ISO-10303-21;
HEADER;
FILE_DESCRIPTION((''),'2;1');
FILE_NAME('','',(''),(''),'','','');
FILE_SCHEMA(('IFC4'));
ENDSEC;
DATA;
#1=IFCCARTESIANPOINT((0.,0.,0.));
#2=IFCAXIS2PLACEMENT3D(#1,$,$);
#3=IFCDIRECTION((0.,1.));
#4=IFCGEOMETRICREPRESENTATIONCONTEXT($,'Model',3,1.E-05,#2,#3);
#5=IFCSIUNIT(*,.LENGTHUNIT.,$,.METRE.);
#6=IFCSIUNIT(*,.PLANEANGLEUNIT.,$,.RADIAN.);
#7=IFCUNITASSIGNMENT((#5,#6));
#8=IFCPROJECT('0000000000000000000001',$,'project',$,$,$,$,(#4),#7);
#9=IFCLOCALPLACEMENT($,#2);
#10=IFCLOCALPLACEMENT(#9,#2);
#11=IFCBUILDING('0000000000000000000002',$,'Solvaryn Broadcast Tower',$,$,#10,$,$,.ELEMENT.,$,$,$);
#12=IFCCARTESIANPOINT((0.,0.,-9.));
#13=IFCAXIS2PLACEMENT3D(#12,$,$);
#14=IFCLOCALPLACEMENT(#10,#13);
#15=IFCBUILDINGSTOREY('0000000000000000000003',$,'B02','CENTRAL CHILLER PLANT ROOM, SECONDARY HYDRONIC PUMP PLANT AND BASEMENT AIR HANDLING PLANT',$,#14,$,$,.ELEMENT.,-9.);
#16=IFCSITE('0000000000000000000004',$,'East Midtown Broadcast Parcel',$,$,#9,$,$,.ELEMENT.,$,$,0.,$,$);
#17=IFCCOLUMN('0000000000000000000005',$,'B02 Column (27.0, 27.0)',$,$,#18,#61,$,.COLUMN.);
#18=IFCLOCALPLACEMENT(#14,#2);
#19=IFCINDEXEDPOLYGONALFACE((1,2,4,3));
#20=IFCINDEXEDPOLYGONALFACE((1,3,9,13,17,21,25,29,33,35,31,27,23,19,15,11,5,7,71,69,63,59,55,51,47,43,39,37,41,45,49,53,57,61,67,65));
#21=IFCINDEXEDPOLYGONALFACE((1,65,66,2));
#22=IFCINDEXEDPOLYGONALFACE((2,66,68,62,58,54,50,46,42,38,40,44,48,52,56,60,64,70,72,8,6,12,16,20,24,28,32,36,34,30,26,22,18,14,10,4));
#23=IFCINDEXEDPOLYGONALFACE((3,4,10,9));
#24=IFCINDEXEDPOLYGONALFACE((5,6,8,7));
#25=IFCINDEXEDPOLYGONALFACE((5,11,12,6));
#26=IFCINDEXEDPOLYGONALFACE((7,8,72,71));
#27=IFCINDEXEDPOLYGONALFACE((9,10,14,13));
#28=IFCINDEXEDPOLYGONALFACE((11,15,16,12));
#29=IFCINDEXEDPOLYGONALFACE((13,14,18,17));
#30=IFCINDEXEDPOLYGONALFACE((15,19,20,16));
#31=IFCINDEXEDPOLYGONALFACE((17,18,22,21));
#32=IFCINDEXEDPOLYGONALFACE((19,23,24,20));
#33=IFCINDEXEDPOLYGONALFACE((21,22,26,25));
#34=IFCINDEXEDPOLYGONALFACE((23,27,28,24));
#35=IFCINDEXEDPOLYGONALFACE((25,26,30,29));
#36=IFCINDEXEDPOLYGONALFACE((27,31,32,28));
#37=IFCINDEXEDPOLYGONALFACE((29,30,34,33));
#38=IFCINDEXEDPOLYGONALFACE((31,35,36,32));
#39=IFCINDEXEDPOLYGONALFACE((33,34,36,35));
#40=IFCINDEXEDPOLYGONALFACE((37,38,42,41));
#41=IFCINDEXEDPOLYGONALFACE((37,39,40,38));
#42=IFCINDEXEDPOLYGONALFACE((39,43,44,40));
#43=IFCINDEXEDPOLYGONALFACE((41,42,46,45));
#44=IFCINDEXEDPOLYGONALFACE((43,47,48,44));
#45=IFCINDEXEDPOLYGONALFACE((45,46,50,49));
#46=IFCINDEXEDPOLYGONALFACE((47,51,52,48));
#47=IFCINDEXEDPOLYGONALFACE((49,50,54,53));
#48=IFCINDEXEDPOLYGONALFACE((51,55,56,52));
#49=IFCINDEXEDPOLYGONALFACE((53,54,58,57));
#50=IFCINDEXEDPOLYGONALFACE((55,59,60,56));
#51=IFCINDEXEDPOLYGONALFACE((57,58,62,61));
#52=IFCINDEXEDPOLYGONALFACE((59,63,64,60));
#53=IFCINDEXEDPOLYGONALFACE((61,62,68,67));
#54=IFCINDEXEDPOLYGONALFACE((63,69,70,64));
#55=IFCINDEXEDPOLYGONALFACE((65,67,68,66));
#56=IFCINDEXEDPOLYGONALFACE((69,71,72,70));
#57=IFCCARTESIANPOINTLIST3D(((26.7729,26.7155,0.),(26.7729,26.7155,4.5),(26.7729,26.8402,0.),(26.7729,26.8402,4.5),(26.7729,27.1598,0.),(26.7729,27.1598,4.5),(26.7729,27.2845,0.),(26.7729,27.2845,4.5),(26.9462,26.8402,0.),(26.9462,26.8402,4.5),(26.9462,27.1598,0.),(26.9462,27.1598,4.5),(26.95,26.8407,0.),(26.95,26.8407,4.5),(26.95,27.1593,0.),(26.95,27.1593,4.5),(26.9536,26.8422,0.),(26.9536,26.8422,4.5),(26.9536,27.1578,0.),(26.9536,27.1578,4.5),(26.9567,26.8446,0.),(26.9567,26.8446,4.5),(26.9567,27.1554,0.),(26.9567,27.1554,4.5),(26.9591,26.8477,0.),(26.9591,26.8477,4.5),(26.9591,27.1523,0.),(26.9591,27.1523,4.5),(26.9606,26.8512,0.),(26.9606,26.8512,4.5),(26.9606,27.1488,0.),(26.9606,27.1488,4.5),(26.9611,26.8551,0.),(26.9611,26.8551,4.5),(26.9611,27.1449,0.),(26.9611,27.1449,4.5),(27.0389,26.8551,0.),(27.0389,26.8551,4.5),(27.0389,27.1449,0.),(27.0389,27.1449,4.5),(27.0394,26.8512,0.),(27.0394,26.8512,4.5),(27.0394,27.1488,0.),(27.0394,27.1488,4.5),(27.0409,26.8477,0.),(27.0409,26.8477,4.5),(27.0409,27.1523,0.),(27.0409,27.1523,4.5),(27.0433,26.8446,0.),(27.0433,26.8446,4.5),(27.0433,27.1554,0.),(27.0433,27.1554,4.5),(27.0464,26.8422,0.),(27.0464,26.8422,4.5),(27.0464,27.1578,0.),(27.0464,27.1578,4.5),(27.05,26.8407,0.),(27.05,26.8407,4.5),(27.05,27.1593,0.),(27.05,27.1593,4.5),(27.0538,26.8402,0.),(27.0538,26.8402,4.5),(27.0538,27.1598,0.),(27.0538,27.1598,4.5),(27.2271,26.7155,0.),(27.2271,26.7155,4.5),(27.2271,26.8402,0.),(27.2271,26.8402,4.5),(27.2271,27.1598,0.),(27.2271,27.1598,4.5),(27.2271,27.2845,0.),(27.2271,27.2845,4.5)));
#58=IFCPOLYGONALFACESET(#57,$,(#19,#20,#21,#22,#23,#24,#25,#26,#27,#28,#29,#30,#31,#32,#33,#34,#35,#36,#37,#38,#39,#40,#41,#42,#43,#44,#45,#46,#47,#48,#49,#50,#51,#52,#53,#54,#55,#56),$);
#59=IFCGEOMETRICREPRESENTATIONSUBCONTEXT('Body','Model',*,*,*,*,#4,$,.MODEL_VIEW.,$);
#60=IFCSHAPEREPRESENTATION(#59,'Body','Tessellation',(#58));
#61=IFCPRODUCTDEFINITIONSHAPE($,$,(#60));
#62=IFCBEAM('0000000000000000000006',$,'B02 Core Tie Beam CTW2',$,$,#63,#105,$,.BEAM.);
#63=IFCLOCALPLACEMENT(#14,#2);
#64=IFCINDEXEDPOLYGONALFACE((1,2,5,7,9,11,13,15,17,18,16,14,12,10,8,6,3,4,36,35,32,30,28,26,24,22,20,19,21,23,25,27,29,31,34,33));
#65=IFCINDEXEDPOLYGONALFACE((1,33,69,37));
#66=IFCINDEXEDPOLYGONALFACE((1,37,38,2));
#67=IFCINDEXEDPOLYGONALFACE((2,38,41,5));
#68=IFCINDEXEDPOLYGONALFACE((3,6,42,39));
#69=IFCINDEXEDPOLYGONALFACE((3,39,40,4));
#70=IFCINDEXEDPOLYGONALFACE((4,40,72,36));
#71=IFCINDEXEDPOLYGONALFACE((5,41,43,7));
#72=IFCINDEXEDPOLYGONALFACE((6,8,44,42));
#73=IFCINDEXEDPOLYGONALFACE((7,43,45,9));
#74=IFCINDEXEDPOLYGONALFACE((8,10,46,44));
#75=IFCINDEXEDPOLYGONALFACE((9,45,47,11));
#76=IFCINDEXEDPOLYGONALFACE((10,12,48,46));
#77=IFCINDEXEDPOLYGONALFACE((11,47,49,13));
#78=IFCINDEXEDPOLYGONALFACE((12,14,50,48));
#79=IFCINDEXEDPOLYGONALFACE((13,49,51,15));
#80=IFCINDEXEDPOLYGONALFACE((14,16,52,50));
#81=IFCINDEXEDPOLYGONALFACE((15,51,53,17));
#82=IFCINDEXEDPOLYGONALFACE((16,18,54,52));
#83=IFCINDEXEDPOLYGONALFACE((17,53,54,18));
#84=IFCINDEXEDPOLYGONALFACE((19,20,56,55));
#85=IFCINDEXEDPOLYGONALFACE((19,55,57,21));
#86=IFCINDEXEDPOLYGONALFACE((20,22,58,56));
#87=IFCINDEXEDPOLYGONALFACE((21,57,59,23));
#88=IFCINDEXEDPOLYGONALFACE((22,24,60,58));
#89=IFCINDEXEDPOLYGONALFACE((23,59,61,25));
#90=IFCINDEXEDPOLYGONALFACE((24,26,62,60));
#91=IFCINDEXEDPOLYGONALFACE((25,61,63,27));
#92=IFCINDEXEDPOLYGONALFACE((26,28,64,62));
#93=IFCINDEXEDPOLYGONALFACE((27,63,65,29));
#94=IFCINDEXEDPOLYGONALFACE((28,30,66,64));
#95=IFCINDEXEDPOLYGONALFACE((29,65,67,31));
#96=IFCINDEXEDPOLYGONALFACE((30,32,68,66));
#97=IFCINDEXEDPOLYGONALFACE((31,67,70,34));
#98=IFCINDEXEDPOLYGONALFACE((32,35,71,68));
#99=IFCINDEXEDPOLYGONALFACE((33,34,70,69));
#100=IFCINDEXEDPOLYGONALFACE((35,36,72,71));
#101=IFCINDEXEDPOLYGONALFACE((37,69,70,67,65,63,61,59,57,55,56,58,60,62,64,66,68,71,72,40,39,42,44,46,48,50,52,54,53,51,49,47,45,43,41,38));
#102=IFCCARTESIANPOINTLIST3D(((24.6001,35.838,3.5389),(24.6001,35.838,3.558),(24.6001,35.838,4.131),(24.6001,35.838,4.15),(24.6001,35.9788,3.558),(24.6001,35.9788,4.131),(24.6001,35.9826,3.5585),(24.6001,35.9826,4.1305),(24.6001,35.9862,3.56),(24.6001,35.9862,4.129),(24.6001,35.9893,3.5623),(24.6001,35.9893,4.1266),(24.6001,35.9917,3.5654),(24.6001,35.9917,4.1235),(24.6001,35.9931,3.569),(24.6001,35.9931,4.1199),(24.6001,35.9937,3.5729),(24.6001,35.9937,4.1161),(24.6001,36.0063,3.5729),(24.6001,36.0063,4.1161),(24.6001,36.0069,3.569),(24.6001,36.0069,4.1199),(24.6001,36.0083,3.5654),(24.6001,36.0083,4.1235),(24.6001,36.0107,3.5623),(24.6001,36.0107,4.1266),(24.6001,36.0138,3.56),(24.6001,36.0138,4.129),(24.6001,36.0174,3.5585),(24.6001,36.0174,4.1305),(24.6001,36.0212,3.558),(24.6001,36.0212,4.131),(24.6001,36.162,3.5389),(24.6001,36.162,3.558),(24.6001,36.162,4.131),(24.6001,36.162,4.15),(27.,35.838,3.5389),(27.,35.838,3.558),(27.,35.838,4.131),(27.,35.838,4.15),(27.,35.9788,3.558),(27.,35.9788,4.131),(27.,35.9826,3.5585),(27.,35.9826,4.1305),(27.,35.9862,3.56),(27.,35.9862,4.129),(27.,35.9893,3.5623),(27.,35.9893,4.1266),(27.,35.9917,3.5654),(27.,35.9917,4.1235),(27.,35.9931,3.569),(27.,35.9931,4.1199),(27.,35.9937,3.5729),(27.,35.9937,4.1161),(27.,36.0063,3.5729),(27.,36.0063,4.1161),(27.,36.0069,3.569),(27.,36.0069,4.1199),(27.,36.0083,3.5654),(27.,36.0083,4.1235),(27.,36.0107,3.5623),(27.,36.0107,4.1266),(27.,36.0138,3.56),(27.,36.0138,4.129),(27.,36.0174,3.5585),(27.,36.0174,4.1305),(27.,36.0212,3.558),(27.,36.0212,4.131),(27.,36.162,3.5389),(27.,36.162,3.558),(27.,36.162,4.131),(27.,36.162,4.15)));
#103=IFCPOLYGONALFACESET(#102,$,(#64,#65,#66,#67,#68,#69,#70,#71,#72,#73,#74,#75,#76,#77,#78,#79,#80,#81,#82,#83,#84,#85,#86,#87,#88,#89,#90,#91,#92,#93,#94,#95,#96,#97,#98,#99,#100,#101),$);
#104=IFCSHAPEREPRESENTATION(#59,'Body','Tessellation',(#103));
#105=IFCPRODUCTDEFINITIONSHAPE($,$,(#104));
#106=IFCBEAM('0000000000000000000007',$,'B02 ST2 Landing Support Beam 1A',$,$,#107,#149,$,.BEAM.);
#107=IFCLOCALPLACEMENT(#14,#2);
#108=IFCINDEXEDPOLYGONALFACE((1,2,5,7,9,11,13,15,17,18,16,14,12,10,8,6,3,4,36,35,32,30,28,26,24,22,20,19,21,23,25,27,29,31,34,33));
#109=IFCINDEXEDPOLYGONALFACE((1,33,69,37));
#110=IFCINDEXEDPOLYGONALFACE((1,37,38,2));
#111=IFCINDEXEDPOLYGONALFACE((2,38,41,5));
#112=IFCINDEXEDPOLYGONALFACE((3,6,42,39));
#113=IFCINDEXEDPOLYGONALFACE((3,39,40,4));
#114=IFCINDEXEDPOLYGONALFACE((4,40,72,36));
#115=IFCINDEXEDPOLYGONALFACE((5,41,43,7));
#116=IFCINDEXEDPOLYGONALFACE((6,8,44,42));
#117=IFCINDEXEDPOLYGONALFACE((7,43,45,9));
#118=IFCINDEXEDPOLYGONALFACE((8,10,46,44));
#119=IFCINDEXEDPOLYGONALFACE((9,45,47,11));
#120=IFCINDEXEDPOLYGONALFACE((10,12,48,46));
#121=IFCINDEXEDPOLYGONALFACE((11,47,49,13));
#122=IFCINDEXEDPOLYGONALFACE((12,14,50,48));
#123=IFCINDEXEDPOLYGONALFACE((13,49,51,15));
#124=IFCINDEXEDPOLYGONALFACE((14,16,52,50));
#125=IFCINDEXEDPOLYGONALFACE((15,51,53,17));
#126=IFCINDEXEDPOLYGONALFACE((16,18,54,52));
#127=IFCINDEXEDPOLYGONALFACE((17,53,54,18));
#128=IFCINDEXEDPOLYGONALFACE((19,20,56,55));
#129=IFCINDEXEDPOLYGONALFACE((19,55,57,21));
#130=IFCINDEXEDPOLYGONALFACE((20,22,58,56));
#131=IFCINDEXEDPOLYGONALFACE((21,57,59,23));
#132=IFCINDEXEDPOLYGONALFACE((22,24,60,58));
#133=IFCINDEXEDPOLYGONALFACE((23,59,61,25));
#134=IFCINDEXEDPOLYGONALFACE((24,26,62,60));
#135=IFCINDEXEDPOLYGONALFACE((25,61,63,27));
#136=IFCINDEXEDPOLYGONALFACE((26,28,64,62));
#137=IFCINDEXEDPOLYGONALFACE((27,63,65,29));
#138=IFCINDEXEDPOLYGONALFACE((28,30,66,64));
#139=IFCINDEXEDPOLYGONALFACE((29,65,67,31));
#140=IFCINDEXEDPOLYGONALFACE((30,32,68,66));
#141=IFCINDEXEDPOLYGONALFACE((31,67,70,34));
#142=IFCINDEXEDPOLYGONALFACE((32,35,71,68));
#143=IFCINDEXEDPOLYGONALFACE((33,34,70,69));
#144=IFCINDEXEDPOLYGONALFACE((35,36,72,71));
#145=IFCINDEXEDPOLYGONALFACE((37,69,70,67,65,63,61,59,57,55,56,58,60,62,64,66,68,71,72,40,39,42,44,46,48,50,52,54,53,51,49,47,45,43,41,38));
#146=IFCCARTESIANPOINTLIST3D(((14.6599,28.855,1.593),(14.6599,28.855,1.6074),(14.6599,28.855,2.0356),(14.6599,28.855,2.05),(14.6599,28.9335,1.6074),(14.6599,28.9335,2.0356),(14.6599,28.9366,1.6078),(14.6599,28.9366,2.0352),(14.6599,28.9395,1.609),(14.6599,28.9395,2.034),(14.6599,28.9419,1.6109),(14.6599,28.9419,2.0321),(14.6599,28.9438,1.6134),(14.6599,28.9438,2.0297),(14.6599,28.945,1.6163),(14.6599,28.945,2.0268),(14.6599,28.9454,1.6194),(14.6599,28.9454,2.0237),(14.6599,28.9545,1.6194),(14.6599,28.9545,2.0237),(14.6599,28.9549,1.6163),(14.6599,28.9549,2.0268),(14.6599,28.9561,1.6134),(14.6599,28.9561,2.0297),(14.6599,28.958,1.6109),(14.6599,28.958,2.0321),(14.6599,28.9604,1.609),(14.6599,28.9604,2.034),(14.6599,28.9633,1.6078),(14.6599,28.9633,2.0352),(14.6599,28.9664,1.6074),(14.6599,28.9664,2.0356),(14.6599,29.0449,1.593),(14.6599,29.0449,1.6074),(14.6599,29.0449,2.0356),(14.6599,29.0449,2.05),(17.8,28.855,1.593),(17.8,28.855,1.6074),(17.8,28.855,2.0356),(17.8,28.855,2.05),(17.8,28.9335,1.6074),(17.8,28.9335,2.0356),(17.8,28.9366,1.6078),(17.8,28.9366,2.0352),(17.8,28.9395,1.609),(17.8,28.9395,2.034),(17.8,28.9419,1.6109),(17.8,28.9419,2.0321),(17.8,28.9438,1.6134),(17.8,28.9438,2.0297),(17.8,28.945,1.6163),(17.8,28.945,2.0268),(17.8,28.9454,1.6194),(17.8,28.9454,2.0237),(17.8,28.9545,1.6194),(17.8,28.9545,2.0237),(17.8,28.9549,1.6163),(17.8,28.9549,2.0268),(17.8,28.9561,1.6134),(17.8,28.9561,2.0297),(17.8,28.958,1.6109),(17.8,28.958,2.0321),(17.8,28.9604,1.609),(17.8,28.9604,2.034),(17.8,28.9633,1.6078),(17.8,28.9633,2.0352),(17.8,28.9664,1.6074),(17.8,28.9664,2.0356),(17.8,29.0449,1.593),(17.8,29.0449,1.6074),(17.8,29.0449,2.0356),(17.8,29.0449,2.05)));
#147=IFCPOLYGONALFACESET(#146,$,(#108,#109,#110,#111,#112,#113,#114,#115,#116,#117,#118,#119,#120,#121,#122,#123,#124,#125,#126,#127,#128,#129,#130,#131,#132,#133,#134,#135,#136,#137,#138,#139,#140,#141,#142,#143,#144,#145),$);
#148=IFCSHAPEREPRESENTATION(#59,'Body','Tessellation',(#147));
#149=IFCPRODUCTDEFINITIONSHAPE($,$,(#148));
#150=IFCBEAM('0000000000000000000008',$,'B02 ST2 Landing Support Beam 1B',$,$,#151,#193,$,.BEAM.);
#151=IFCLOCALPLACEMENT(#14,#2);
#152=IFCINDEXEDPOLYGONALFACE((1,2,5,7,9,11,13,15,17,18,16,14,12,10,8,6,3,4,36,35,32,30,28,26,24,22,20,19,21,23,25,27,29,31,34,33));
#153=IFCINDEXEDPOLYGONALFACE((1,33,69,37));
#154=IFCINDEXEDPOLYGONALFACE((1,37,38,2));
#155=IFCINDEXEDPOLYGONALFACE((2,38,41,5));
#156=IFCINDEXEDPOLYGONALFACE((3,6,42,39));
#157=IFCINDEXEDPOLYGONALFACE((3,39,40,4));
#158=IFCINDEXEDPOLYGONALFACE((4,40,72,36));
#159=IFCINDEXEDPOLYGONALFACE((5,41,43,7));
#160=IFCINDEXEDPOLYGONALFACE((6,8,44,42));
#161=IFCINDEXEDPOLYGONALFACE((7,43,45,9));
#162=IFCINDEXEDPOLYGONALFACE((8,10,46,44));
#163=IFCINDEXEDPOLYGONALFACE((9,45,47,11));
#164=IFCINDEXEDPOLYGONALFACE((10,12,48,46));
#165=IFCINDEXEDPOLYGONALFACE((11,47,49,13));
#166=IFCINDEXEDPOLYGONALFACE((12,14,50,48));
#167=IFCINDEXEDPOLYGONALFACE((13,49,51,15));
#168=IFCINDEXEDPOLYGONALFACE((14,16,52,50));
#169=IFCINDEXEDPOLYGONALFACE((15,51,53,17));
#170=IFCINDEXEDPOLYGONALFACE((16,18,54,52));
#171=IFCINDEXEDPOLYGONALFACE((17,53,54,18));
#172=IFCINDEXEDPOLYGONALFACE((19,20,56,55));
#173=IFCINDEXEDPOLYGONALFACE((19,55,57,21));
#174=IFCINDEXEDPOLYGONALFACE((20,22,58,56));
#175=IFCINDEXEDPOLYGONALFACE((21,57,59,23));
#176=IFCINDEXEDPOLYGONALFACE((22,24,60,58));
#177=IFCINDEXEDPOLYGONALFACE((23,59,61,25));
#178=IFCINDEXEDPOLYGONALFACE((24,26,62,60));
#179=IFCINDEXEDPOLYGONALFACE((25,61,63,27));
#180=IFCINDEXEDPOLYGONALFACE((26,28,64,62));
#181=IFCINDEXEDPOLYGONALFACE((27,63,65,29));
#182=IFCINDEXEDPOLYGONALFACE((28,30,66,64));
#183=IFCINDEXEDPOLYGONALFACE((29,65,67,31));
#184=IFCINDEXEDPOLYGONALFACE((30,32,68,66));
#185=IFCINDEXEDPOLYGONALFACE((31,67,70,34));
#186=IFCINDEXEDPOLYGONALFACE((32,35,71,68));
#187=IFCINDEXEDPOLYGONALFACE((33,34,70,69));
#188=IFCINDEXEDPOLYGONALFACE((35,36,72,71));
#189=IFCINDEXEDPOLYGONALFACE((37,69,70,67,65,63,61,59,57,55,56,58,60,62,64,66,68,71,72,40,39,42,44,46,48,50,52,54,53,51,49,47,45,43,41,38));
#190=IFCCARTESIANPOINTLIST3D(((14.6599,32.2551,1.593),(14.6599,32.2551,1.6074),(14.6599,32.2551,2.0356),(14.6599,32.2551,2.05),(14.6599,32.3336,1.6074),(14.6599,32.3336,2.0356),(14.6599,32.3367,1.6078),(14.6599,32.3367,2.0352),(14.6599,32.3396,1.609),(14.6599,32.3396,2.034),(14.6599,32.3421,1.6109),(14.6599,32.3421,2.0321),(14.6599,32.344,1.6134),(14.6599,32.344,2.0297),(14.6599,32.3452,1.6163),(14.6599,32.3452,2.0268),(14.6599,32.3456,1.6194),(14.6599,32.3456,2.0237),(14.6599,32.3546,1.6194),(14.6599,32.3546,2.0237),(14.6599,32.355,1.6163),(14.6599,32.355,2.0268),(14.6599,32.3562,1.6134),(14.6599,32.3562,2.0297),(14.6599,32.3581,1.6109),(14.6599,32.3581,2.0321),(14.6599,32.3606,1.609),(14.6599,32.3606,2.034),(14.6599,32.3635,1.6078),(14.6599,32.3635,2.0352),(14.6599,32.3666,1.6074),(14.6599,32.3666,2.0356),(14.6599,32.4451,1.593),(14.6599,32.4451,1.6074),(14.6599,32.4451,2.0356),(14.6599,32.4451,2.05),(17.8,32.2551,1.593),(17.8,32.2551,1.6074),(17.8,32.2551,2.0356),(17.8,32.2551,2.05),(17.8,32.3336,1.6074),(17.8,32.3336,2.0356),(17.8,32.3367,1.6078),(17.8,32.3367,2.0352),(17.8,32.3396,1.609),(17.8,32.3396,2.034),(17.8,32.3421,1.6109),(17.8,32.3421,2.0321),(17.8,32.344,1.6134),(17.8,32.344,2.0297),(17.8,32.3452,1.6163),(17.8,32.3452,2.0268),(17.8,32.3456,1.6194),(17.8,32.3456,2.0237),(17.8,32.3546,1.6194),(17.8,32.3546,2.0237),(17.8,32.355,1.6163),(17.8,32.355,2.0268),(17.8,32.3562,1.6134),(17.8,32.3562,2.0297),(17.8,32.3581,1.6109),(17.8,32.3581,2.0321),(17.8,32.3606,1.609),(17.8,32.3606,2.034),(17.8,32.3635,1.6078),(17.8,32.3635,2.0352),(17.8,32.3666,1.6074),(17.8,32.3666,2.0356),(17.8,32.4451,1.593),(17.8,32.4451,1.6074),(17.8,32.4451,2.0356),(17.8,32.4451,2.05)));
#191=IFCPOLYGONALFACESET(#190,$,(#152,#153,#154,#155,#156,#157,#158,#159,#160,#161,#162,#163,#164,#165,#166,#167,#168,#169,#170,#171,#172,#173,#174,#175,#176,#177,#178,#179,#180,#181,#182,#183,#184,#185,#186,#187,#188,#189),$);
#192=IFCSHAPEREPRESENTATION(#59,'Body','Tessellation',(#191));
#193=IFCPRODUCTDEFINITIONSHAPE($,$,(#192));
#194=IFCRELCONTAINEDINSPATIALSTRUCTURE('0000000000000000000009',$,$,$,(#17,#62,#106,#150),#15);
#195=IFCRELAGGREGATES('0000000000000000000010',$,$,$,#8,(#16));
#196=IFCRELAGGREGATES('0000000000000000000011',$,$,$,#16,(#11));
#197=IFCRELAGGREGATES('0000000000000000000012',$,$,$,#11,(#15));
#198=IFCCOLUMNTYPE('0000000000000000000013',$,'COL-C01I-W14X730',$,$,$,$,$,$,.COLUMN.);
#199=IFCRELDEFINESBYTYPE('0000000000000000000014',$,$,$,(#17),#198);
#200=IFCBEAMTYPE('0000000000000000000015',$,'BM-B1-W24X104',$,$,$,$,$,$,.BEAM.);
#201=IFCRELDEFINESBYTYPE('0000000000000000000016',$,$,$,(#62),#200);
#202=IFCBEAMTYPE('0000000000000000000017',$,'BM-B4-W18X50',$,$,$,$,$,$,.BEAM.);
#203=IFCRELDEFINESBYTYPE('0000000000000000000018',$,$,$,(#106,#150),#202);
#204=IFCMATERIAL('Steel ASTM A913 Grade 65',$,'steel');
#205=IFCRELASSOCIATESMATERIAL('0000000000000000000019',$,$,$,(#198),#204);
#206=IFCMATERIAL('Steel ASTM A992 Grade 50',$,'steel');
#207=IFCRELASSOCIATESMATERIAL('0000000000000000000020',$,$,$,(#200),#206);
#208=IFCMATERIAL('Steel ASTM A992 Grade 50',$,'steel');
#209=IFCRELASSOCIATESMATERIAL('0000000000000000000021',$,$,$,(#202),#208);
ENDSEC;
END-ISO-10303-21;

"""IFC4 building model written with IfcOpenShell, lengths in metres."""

from ifc_helpers import new_model, si_unit, direction, frame, origin, origin_2d, place, context, subcontext, project, spatial, i_section, extrude, material, material_profile, profile_set, type_object, element, save


model = new_model("IFC4")

# Units and contexts
model_context = context("Model", 3, precision=1e-05, world=origin(), true_north=direction((0.0, 1.0)))
body_context = subcontext(model_context, "Body", "Model", "MODEL_VIEW")
ifc_project = project(units=[si_unit("LENGTHUNIT", "METRE"), si_unit("PLANEANGLEUNIT", "RADIAN")], contexts=[model_context])

# Site, building, storey
site_placement = place(None, origin())
site = spatial("IfcSite", under=ifc_project, at=site_placement, Name="East Midtown Broadcast Parcel", CompositionType="ELEMENT", RefElevation=0.0)
building_placement = place(site_placement, origin())
building = spatial("IfcBuilding", under=site, at=building_placement, Name="Solvaryn Broadcast Tower", CompositionType="ELEMENT")
storey_placement = place(building_placement, frame((0.0, 0.0, -9.0)))
storey = spatial("IfcBuildingStorey", under=building, at=storey_placement, Name="B02", Description="CENTRAL CHILLER PLANT ROOM, SECONDARY HYDRONIC PUMP PLANT AND BASEMENT AIR HANDLING PLANT", CompositionType="ELEMENT", Elevation=-9.0)

# Column
ifc_material_1 = material(Name="Steel ASTM A913 Grade 65", Category="steel")
ifc_material_profile_1 = material_profile(ifc_material_1, i_section(OverallWidth=0.4541, OverallDepth=0.5691, WebThickness=0.0779, FlangeThickness=0.1248, FilletRadius=0.0149, at=origin_2d()))
ifc_profile_set_1 = profile_set([ifc_material_profile_1], Name="Steel ASTM A913 Grade 65")
column_type = type_object("IfcColumnType", Name="COL-C01I-W14X730", PredefinedType="COLUMN", material=ifc_profile_set_1)
column_placement = place(storey_placement, frame((27.0, 27.0, 0.0), z_axis=(0.0, 0.0, 1.0), x_axis=(1.0, 0.0, 0.0)))
element("IfcColumn", 1, at=column_placement, inside=storey, type_object=column_type, Name="B02 Column (27.0, 27.0)", PredefinedType="COLUMN", context=body_context, shape_type="SweptSolid", body=[
    extrude(i_section(OverallWidth=0.4541, OverallDepth=0.5691, WebThickness=0.0779, FlangeThickness=0.1248, FilletRadius=0.0149, at=origin_2d()), origin(), (0.0, 0.0, 1.0), 4.5),
])

# Beams
ifc_material_2 = material(Name="Steel ASTM A992 Grade 50", Category="steel")
ifc_material_profile_2 = material_profile(ifc_material_2, i_section(OverallWidth=0.324, OverallDepth=0.6111, WebThickness=0.0127, FlangeThickness=0.019, FilletRadius=0.0149, at=origin_2d()))
ifc_profile_set_2 = profile_set([ifc_material_profile_2], Name="Steel ASTM A992 Grade 50")
beam_type_1 = type_object("IfcBeamType", Name="BM-B1-W24X104", PredefinedType="BEAM", material=ifc_profile_set_2)
beam_1_placement = place(storey_placement, frame((24.6001, 36.0, 3.8445), z_axis=(1.0, 0.0, 0.0), x_axis=(0.0, 1.0, 0.0)))
element("IfcBeam", 2, at=beam_1_placement, inside=storey, type_object=beam_type_1, Name="B02 Core Tie Beam CTW2", PredefinedType="BEAM", context=body_context, shape_type="SweptSolid", body=[
    extrude(i_section(OverallWidth=0.324, OverallDepth=0.6111, WebThickness=0.0127, FlangeThickness=0.019, FilletRadius=0.0149, at=origin_2d()), origin(), (0.0, 0.0, 1.0), 2.3999),
])
ifc_material_3 = material(Name="Steel ASTM A992 Grade 50", Category="steel")
ifc_material_profile_3 = material_profile(ifc_material_3, i_section(OverallWidth=0.1899, OverallDepth=0.457, WebThickness=0.009, FlangeThickness=0.0144, FilletRadius=0.012, at=origin_2d()))
ifc_profile_set_3 = profile_set([ifc_material_profile_3], Name="Steel ASTM A992 Grade 50")
beam_type_2 = type_object("IfcBeamType", Name="BM-B4-W18X50", PredefinedType="BEAM", material=ifc_profile_set_3)
for number, where, z_axis, x_axis, name in (
    (3, (14.6599, 28.95, 1.8215), (1.0, 0.0, 0.0), (0.0, 1.0, 0.0), "B02 ST2 Landing Support Beam 1A"),
    (4, (14.6599, 32.3501, 1.8215), (1.0, 0.0, 0.0), (0.0, 1.0, 0.0), "B02 ST2 Landing Support Beam 1B"),
):
    element("IfcBeam", number, at=place(storey_placement, frame(where, z_axis=z_axis, x_axis=x_axis)), inside=storey, type_object=beam_type_2, Name=name, PredefinedType="BEAM", context=body_context, shape_type="SweptSolid", body=[
        extrude(i_section(OverallWidth=0.1899, OverallDepth=0.457, WebThickness=0.009, FlangeThickness=0.0144, FilletRadius=0.012, at=origin_2d()), origin(), (0.0, 0.0, 1.0), 3.1401),
    ])

save(model, "model.ifc")
